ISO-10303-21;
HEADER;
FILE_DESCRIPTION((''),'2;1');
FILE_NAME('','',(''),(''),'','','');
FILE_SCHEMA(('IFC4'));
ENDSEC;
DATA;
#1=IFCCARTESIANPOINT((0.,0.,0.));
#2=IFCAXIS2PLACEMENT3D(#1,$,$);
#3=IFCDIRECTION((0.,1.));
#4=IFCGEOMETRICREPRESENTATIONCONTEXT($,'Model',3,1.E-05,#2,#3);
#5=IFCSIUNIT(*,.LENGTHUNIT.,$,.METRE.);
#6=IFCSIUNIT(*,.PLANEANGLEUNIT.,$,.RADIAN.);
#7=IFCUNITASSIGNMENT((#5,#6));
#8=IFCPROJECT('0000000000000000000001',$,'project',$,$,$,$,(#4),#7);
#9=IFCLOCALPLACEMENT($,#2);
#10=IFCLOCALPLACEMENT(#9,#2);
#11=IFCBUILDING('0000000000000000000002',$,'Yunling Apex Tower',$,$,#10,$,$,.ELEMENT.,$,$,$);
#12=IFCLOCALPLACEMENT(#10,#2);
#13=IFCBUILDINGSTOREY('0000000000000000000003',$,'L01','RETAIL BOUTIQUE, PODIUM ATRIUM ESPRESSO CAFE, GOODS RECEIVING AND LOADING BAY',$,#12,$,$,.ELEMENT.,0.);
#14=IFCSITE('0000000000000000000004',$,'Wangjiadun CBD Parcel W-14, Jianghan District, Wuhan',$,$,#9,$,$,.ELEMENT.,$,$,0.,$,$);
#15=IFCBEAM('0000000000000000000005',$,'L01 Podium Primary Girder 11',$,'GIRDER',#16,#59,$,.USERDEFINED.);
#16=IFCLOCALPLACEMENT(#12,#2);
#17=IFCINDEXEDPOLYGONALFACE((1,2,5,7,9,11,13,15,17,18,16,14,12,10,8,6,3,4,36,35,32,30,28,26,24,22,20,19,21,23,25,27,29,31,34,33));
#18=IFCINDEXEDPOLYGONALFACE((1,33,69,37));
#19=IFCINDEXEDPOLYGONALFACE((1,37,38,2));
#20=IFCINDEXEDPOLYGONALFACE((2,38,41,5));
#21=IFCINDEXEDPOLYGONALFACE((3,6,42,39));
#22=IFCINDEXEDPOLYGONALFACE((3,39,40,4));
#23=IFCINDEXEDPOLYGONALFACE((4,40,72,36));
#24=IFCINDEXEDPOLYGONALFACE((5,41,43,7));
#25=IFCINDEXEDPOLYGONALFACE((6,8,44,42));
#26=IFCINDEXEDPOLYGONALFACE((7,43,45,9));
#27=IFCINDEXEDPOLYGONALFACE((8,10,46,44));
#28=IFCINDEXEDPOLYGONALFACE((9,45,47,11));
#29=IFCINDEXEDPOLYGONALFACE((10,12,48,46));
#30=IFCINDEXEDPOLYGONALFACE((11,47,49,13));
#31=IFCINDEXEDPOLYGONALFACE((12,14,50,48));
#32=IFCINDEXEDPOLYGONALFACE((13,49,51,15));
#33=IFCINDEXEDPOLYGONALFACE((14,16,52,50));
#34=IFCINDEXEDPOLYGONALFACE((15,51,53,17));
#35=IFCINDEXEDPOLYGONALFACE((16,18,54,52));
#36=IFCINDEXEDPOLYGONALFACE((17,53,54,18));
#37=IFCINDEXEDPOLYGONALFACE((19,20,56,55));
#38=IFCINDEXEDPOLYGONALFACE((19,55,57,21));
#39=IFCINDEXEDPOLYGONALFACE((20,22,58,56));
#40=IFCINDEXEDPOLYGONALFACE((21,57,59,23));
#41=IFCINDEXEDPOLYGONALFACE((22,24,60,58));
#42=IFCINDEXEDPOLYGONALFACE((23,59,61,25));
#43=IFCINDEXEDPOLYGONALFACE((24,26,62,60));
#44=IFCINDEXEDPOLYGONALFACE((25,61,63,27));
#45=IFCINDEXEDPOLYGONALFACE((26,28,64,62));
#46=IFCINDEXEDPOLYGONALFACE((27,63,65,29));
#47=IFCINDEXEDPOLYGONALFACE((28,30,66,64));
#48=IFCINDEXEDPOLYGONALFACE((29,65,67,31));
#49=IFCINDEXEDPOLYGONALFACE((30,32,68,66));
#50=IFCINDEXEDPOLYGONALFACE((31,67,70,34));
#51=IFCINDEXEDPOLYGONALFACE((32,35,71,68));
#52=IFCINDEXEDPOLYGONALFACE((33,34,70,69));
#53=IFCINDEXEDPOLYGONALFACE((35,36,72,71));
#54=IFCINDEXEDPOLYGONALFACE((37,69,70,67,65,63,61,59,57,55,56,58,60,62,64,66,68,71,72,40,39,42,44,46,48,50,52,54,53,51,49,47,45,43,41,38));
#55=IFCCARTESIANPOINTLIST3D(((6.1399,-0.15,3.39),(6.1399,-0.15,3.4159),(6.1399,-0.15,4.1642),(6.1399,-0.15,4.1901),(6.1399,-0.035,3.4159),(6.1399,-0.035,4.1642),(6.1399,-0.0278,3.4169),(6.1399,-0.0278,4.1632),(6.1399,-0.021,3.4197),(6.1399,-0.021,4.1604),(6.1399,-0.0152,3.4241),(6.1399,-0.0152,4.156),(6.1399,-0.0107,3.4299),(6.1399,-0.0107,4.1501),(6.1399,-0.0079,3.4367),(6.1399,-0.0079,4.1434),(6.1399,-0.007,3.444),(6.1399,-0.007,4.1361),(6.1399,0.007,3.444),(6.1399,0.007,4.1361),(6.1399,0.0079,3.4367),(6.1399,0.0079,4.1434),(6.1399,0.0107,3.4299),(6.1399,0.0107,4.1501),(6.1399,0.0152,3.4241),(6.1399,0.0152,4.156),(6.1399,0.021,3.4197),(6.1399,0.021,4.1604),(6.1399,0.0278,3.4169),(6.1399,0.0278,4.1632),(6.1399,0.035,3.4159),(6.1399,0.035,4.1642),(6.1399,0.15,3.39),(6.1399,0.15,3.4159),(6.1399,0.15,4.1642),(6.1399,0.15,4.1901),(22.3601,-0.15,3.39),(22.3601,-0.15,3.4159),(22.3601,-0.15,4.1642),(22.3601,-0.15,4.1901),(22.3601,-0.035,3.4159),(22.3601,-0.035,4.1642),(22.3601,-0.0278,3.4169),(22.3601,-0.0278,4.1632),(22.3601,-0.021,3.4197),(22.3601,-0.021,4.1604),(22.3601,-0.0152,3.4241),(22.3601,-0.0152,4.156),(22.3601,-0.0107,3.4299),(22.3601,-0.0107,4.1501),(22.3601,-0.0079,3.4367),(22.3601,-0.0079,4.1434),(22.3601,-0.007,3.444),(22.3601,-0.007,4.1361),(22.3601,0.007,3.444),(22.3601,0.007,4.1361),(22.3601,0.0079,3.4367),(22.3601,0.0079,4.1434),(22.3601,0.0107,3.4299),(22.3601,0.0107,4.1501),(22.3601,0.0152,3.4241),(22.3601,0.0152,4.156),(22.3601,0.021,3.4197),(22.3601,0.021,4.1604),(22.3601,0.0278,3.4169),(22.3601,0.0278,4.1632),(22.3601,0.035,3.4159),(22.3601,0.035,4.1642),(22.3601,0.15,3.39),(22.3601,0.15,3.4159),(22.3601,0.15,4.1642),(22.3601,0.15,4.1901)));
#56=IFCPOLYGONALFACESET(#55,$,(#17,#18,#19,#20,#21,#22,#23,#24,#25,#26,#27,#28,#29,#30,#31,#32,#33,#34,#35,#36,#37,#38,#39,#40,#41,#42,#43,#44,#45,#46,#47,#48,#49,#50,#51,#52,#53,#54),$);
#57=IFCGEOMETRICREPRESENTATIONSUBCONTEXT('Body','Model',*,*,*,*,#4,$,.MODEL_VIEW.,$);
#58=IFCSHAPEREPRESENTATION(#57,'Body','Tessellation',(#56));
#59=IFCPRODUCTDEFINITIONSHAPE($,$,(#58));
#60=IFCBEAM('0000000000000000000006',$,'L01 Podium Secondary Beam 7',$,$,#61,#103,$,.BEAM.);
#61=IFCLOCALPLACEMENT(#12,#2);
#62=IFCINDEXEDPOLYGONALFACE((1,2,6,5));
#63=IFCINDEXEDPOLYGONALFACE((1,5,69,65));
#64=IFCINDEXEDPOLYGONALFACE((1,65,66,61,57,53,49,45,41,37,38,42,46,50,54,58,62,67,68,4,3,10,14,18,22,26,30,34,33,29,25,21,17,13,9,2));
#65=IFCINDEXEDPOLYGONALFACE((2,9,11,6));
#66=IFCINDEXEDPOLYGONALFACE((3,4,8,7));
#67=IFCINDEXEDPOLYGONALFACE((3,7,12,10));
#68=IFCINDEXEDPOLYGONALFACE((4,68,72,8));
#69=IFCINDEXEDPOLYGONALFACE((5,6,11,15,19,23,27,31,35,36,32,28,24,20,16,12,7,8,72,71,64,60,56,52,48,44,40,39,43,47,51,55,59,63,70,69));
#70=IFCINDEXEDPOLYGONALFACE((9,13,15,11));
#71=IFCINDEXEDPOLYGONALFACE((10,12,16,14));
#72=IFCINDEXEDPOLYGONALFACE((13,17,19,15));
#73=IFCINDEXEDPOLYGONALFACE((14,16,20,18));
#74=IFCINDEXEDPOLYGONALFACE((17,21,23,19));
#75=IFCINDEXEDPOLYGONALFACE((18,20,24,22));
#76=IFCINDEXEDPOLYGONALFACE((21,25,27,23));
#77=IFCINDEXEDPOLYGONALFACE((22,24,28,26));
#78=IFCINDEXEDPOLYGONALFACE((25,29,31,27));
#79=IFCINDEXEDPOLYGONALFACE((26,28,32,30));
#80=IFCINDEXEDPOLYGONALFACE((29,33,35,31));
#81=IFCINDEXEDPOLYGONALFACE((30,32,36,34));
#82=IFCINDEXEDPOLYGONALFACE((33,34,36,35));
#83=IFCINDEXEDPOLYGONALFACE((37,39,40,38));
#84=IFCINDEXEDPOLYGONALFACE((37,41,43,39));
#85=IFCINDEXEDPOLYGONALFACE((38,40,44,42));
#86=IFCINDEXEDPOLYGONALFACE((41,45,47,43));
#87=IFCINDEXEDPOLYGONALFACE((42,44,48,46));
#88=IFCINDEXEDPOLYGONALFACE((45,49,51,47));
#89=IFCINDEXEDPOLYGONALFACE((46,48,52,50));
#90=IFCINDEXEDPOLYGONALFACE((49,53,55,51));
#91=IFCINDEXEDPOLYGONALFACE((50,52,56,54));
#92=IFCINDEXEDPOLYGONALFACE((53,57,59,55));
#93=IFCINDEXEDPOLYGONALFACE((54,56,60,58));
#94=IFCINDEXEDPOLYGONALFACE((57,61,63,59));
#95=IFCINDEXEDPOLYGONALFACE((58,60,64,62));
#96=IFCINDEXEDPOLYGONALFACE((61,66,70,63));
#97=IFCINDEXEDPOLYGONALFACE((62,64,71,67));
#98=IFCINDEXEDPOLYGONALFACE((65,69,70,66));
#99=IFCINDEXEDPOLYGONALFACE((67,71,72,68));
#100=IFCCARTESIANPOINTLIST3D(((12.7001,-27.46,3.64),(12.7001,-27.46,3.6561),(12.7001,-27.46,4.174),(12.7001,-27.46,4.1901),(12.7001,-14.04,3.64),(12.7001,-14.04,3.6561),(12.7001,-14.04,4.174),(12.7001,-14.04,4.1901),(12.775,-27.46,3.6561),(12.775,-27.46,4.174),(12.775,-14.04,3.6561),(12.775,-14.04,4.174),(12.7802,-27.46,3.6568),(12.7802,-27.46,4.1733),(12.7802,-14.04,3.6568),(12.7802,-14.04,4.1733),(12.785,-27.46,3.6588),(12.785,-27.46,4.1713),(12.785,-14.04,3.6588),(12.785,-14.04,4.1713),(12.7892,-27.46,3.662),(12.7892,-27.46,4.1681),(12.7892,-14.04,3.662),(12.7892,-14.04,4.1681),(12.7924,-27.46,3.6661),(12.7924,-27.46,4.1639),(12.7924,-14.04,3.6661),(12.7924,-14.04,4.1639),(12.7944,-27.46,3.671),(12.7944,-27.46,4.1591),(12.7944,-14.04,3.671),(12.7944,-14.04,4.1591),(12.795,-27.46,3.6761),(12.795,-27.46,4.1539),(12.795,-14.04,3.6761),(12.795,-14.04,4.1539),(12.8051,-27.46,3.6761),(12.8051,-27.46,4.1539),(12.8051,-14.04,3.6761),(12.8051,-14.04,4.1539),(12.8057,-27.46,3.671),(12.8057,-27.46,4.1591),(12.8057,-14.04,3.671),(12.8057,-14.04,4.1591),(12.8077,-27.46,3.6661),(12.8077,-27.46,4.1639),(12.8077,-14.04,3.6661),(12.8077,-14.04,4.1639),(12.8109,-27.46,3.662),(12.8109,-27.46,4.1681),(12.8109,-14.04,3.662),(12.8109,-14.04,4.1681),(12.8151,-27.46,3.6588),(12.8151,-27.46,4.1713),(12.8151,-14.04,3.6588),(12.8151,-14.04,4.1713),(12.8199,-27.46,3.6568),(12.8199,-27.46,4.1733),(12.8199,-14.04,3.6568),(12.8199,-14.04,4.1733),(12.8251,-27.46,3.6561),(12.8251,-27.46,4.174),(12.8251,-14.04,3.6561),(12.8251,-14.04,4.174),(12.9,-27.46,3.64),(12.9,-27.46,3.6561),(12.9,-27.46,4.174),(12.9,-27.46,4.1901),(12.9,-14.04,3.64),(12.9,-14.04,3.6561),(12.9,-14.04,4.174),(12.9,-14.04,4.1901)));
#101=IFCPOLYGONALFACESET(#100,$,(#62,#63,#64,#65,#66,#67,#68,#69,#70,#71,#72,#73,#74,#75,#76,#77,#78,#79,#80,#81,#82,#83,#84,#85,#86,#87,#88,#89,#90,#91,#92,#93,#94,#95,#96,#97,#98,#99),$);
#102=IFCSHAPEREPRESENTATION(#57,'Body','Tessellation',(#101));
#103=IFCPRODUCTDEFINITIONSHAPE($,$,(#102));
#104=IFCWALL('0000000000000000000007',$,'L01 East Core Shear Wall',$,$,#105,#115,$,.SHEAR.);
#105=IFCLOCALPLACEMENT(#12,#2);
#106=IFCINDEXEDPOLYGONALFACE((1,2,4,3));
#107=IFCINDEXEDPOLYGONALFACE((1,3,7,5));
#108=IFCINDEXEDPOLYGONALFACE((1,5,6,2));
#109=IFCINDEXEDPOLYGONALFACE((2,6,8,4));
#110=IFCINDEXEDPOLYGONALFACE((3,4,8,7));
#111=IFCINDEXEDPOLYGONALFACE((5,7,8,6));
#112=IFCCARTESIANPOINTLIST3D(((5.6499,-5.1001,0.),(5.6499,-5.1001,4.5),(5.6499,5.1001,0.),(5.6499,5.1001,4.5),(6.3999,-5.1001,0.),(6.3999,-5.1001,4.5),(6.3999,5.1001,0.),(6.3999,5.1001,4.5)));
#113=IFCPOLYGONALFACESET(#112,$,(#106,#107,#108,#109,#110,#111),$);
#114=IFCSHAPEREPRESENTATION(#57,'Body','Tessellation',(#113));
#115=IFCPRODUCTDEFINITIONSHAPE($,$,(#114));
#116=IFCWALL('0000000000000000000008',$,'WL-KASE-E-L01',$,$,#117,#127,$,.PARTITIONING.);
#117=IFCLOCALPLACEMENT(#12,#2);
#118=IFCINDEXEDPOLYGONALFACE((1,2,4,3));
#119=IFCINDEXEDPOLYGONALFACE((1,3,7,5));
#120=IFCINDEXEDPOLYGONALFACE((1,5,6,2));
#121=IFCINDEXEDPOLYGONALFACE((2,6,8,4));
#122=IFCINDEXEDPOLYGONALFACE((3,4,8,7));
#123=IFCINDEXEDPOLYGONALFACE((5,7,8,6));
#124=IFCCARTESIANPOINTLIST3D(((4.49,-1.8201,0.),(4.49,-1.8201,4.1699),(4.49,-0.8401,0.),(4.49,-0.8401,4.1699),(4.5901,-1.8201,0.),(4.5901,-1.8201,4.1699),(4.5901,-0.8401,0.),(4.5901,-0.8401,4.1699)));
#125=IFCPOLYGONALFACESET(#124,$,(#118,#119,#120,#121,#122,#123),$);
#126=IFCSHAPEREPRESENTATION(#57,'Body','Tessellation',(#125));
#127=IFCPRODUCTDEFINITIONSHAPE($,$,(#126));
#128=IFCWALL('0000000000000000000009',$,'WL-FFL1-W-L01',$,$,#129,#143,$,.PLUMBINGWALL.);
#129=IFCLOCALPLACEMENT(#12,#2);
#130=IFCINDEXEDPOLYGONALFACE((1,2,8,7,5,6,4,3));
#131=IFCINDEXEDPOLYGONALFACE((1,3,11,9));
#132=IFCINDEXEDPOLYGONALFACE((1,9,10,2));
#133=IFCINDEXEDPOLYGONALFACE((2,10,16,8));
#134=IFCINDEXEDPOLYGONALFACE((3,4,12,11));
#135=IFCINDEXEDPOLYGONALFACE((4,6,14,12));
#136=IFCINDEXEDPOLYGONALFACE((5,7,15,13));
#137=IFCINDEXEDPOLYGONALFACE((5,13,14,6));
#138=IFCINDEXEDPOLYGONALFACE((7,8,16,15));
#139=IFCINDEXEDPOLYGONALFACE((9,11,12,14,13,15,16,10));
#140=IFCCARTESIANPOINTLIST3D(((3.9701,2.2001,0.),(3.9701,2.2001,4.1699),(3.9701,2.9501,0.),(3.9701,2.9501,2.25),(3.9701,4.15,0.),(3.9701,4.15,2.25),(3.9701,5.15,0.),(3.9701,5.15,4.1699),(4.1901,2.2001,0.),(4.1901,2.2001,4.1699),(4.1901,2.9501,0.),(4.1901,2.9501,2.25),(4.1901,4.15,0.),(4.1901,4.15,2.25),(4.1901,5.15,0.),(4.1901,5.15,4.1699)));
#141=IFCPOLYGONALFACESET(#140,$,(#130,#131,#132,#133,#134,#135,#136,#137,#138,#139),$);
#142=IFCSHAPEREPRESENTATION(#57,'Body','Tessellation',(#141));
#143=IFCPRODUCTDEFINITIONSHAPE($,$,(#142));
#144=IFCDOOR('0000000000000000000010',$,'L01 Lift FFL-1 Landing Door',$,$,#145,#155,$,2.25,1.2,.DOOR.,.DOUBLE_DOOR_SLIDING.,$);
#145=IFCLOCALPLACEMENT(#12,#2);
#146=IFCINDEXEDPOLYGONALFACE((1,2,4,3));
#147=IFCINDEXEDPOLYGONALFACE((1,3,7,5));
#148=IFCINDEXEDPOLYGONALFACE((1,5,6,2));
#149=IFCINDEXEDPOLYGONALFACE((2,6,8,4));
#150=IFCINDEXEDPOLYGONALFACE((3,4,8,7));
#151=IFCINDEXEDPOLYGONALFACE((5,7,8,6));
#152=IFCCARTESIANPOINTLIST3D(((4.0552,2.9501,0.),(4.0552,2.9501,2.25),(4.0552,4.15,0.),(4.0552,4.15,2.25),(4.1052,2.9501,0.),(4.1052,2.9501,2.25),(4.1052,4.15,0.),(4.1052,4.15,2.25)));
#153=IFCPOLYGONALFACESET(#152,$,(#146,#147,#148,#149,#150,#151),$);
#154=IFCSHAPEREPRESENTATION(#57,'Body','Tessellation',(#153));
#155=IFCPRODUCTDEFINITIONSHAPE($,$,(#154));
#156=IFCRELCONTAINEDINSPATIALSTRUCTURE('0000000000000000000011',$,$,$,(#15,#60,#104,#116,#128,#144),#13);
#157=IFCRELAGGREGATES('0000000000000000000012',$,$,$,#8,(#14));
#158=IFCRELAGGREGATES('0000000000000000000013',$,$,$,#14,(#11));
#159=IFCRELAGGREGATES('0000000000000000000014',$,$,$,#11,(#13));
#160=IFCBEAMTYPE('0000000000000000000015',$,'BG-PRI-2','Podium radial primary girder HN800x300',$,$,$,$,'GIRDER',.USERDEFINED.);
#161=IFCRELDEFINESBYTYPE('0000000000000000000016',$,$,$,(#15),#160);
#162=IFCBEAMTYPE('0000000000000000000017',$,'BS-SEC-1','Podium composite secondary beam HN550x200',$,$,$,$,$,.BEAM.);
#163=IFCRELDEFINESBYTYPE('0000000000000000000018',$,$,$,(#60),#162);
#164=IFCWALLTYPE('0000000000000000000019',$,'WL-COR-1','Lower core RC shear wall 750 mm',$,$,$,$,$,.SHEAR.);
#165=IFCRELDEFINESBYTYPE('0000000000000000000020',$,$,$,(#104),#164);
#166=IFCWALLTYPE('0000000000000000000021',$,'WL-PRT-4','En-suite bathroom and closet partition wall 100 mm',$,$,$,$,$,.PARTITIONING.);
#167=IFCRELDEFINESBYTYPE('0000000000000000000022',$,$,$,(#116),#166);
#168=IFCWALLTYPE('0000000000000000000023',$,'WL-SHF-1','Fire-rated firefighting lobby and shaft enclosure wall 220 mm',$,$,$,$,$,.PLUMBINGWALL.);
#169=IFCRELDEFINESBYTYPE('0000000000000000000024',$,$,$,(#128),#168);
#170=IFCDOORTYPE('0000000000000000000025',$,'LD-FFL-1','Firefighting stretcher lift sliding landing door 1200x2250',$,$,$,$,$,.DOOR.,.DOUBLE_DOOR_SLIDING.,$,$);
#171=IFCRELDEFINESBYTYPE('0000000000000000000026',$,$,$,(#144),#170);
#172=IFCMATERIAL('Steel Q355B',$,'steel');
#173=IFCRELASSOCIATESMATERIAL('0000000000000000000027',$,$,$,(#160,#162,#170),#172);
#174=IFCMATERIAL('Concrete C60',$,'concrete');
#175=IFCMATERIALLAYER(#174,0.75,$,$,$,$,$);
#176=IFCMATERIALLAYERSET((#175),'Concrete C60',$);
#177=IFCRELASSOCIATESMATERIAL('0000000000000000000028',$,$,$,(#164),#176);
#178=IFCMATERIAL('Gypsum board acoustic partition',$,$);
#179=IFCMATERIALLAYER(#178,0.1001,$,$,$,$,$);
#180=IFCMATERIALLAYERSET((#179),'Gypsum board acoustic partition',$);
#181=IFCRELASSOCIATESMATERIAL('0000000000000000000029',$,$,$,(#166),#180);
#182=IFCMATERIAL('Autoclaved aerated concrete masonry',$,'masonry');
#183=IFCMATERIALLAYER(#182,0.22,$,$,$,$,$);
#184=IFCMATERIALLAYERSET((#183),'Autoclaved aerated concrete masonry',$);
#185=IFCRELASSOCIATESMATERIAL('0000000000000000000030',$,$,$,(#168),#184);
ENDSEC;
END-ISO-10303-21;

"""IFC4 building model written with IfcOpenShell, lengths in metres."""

from ifc_helpers import new_model, si_unit, direction, frame, frame_2d, origin, origin_2d, place, context, subcontext, project, spatial, rectangle, i_section, extrude, source, transform, mapped, material, layer, layer_set, material_profile, profile_set, type_object, element, fill, save


model = new_model("IFC4")

# Units and contexts
model_context = context("Model", 3, precision=1e-05, world=origin(), true_north=direction((0.0, 1.0)))
body_context = subcontext(model_context, "Body", "Model", "MODEL_VIEW")
ifc_project = project(units=[si_unit("LENGTHUNIT", "METRE"), si_unit("PLANEANGLEUNIT", "RADIAN")], contexts=[model_context])

# Site, building, storey
site_placement = place(None, origin())
site = spatial("IfcSite", under=ifc_project, at=site_placement, Name="Wangjiadun CBD Parcel W-14, Jianghan District, Wuhan", CompositionType="ELEMENT", RefElevation=0.0)
building_placement = place(site_placement, origin())
building = spatial("IfcBuilding", under=site, at=building_placement, Name="Yunling Apex Tower", CompositionType="ELEMENT")
storey_placement = place(building_placement, origin())
storey = spatial("IfcBuildingStorey", under=building, at=storey_placement, Name="L01", Description="RETAIL BOUTIQUE, PODIUM ATRIUM ESPRESSO CAFE, GOODS RECEIVING AND LOADING BAY", CompositionType="ELEMENT", Elevation=0.0)

# Shared definitions
ifc_material_1 = material(Name="Concrete C60", Category="concrete")

# Beams
ifc_material_2 = material(Name="Steel Q355B", Category="steel")
ifc_material_profile_1 = material_profile(ifc_material_2, i_section(OverallWidth=0.3, OverallDepth=0.8, WebThickness=0.0139, FlangeThickness=0.0259, FilletRadius=0.0281, at=origin_2d()))
ifc_profile_set_1 = profile_set([ifc_material_profile_1], Name="Steel Q355B")
beam_type_1 = type_object("IfcBeamType", Name="BG-PRI-2", Description="Podium radial primary girder HN800x300", ElementType="GIRDER", PredefinedType="USERDEFINED", material=ifc_profile_set_1)
shared_shape_1 = source(origin(), body_context, "Body", "SweptSolid", [
    extrude(i_section(OverallWidth=0.3, OverallDepth=0.8, WebThickness=0.0139, FlangeThickness=0.0259, FilletRadius=0.0281, at=origin_2d()), origin(), (0.0, 0.0, 1.0), 16.2202),
])
beam_1_placement = place(storey_placement, frame((6.1399, 0.0, 3.79), z_axis=(1.0, 0.0, 0.0), x_axis=(0.0, 1.0, 0.0)))
element("IfcBeam", 1, at=beam_1_placement, inside=storey, type_object=beam_type_1, Name="L01 Podium Primary Girder 11", ObjectType="GIRDER", PredefinedType="USERDEFINED", context=body_context, shape_type="MappedRepresentation", body=[
    mapped(shared_shape_1, transform((0.0, 0.0, 0.0), scale=1.0)),
])
ifc_material_profile_2 = material_profile(ifc_material_2, i_section(OverallWidth=0.2, OverallDepth=0.55, WebThickness=0.01, FlangeThickness=0.0161, FilletRadius=0.02, at=origin_2d()))
ifc_profile_set_2 = profile_set([ifc_material_profile_2], Name="Steel Q355B")
beam_type_2 = type_object("IfcBeamType", Name="BS-SEC-1", Description="Podium composite secondary beam HN550x200", PredefinedType="BEAM", material=ifc_profile_set_2)
shared_shape_2 = source(origin(), body_context, "Body", "SweptSolid", [
    extrude(i_section(OverallWidth=0.2, OverallDepth=0.55, WebThickness=0.01, FlangeThickness=0.0161, FilletRadius=0.02, at=origin_2d()), origin(), (0.0, 0.0, 1.0), 13.4199),
])
beam_2_placement = place(storey_placement, frame((12.8, -27.46, 3.915), z_axis=(0.0, 1.0, 0.0), x_axis=(-1.0, 0.0, 0.0)))
element("IfcBeam", 2, at=beam_2_placement, inside=storey, type_object=beam_type_2, Name="L01 Podium Secondary Beam 7", PredefinedType="BEAM", context=body_context, shape_type="MappedRepresentation", body=[
    mapped(shared_shape_2, transform((0.0, 0.0, 0.0), scale=1.0)),
])

# Walls
ifc_layer_1 = layer(ifc_material_1, 0.75)
ifc_layer_set_1 = layer_set([ifc_layer_1], Name="Concrete C60")
wall_type_1 = type_object("IfcWallType", Name="WL-COR-1", Description="Lower core RC shear wall 750 mm", PredefinedType="SHEAR", material=ifc_layer_set_1)
wall_1_placement = place(storey_placement, frame((6.0249, -5.1001, 0.0), z_axis=(0.0, 0.0, 1.0), x_axis=(0.0, 1.0, 0.0)))
element("IfcWall", 3, at=wall_1_placement, inside=storey, type_object=wall_type_1, Name="L01 East Core Shear Wall", PredefinedType="SHEAR", context=body_context, shape_type="SweptSolid", body=[
    extrude(rectangle(XDim=10.2002, YDim=0.75, at=frame_2d((5.1001, 0.0))), origin(), (0.0, 0.0, 1.0), 4.5),
])
ifc_material_3 = material(Name="Gypsum board acoustic partition")
ifc_layer_2 = layer(ifc_material_3, 0.1001)
ifc_layer_set_2 = layer_set([ifc_layer_2], Name="Gypsum board acoustic partition")
wall_type_2 = type_object("IfcWallType", Name="WL-PRT-4", Description="En-suite bathroom and closet partition wall 100 mm", PredefinedType="PARTITIONING", material=ifc_layer_set_2)
wall_2_placement = place(storey_placement, frame((4.54, -1.8201, 0.0), z_axis=(0.0, 0.0, 1.0), x_axis=(0.0, 1.0, 0.0)))
element("IfcWall", 4, at=wall_2_placement, inside=storey, type_object=wall_type_2, Name="WL-KASE-E-L01", PredefinedType="PARTITIONING", context=body_context, shape_type="SweptSolid", body=[
    extrude(rectangle(XDim=0.98, YDim=0.1001, at=frame_2d((0.49, 0.0))), origin(), (0.0, 0.0, 1.0), 4.1699),
])

# Wall, opening, door
ifc_material_4 = material(Name="Autoclaved aerated concrete masonry", Category="masonry")
ifc_layer_3 = layer(ifc_material_4, 0.22)
ifc_layer_set_3 = layer_set([ifc_layer_3], Name="Autoclaved aerated concrete masonry")
wall_type_3 = type_object("IfcWallType", Name="WL-SHF-1", Description="Fire-rated firefighting lobby and shaft enclosure wall 220 mm", PredefinedType="PLUMBINGWALL", material=ifc_layer_set_3)
wall_3_placement = place(storey_placement, frame((4.0801, 2.2, 0.0), z_axis=(0.0, 0.0, 1.0), x_axis=(0.0, 1.0, 0.0)))
wall_3 = element("IfcWall", 5, at=wall_3_placement, inside=storey, type_object=wall_type_3, Name="WL-FFL1-W-L01", PredefinedType="PLUMBINGWALL", context=body_context, shape_type="SweptSolid", body=[
    extrude(rectangle(XDim=2.95, YDim=0.22, at=frame_2d((1.4751, 0.0))), origin(), (0.0, 0.0, 1.0), 4.1699),
])
opening_1_placement = place(wall_3_placement, frame((0.75, 0.0, 0.0)))
opening_1 = element("IfcOpeningElement", 6, at=opening_1_placement, cuts=wall_3, PredefinedType="OPENING", context=body_context, shape_type="SweptSolid", body=[
    extrude(rectangle(XDim=1.2, YDim=2.25, at=frame_2d((0.6001, 1.125))), frame((0.0, 0.1201, 0.0), z_axis=(0.0, -1.0, 0.0), x_axis=(1.0, 0.0, 0.0)), (0.0, 0.0, 1.0), 0.24),
])
door_type = type_object("IfcDoorType", Name="LD-FFL-1", Description="Firefighting stretcher lift sliding landing door 1200x2250", OperationType="DOUBLE_DOOR_SLIDING", PredefinedType="DOOR", material=ifc_material_2)
door_1_placement = place(opening_1_placement, origin())
door_1 = element("IfcDoor", 7, at=door_1_placement, inside=storey, type_object=door_type, Name="L01 Lift FFL-1 Landing Door", OperationType="DOUBLE_DOOR_SLIDING", OverallHeight=2.25, OverallWidth=1.2, PredefinedType="DOOR", context=body_context, shape_type="SweptSolid", body=[
    extrude(rectangle(XDim=1.2, YDim=2.25, at=frame_2d((0.6001, 1.125))), frame((0.0, 0.0249, 0.0), z_axis=(0.0, -1.0, 0.0), x_axis=(1.0, 0.0, 0.0)), (0.0, 0.0, 1.0), 0.05),
])
fill(opening_1, door_1)

save(model, "model.ifc")
